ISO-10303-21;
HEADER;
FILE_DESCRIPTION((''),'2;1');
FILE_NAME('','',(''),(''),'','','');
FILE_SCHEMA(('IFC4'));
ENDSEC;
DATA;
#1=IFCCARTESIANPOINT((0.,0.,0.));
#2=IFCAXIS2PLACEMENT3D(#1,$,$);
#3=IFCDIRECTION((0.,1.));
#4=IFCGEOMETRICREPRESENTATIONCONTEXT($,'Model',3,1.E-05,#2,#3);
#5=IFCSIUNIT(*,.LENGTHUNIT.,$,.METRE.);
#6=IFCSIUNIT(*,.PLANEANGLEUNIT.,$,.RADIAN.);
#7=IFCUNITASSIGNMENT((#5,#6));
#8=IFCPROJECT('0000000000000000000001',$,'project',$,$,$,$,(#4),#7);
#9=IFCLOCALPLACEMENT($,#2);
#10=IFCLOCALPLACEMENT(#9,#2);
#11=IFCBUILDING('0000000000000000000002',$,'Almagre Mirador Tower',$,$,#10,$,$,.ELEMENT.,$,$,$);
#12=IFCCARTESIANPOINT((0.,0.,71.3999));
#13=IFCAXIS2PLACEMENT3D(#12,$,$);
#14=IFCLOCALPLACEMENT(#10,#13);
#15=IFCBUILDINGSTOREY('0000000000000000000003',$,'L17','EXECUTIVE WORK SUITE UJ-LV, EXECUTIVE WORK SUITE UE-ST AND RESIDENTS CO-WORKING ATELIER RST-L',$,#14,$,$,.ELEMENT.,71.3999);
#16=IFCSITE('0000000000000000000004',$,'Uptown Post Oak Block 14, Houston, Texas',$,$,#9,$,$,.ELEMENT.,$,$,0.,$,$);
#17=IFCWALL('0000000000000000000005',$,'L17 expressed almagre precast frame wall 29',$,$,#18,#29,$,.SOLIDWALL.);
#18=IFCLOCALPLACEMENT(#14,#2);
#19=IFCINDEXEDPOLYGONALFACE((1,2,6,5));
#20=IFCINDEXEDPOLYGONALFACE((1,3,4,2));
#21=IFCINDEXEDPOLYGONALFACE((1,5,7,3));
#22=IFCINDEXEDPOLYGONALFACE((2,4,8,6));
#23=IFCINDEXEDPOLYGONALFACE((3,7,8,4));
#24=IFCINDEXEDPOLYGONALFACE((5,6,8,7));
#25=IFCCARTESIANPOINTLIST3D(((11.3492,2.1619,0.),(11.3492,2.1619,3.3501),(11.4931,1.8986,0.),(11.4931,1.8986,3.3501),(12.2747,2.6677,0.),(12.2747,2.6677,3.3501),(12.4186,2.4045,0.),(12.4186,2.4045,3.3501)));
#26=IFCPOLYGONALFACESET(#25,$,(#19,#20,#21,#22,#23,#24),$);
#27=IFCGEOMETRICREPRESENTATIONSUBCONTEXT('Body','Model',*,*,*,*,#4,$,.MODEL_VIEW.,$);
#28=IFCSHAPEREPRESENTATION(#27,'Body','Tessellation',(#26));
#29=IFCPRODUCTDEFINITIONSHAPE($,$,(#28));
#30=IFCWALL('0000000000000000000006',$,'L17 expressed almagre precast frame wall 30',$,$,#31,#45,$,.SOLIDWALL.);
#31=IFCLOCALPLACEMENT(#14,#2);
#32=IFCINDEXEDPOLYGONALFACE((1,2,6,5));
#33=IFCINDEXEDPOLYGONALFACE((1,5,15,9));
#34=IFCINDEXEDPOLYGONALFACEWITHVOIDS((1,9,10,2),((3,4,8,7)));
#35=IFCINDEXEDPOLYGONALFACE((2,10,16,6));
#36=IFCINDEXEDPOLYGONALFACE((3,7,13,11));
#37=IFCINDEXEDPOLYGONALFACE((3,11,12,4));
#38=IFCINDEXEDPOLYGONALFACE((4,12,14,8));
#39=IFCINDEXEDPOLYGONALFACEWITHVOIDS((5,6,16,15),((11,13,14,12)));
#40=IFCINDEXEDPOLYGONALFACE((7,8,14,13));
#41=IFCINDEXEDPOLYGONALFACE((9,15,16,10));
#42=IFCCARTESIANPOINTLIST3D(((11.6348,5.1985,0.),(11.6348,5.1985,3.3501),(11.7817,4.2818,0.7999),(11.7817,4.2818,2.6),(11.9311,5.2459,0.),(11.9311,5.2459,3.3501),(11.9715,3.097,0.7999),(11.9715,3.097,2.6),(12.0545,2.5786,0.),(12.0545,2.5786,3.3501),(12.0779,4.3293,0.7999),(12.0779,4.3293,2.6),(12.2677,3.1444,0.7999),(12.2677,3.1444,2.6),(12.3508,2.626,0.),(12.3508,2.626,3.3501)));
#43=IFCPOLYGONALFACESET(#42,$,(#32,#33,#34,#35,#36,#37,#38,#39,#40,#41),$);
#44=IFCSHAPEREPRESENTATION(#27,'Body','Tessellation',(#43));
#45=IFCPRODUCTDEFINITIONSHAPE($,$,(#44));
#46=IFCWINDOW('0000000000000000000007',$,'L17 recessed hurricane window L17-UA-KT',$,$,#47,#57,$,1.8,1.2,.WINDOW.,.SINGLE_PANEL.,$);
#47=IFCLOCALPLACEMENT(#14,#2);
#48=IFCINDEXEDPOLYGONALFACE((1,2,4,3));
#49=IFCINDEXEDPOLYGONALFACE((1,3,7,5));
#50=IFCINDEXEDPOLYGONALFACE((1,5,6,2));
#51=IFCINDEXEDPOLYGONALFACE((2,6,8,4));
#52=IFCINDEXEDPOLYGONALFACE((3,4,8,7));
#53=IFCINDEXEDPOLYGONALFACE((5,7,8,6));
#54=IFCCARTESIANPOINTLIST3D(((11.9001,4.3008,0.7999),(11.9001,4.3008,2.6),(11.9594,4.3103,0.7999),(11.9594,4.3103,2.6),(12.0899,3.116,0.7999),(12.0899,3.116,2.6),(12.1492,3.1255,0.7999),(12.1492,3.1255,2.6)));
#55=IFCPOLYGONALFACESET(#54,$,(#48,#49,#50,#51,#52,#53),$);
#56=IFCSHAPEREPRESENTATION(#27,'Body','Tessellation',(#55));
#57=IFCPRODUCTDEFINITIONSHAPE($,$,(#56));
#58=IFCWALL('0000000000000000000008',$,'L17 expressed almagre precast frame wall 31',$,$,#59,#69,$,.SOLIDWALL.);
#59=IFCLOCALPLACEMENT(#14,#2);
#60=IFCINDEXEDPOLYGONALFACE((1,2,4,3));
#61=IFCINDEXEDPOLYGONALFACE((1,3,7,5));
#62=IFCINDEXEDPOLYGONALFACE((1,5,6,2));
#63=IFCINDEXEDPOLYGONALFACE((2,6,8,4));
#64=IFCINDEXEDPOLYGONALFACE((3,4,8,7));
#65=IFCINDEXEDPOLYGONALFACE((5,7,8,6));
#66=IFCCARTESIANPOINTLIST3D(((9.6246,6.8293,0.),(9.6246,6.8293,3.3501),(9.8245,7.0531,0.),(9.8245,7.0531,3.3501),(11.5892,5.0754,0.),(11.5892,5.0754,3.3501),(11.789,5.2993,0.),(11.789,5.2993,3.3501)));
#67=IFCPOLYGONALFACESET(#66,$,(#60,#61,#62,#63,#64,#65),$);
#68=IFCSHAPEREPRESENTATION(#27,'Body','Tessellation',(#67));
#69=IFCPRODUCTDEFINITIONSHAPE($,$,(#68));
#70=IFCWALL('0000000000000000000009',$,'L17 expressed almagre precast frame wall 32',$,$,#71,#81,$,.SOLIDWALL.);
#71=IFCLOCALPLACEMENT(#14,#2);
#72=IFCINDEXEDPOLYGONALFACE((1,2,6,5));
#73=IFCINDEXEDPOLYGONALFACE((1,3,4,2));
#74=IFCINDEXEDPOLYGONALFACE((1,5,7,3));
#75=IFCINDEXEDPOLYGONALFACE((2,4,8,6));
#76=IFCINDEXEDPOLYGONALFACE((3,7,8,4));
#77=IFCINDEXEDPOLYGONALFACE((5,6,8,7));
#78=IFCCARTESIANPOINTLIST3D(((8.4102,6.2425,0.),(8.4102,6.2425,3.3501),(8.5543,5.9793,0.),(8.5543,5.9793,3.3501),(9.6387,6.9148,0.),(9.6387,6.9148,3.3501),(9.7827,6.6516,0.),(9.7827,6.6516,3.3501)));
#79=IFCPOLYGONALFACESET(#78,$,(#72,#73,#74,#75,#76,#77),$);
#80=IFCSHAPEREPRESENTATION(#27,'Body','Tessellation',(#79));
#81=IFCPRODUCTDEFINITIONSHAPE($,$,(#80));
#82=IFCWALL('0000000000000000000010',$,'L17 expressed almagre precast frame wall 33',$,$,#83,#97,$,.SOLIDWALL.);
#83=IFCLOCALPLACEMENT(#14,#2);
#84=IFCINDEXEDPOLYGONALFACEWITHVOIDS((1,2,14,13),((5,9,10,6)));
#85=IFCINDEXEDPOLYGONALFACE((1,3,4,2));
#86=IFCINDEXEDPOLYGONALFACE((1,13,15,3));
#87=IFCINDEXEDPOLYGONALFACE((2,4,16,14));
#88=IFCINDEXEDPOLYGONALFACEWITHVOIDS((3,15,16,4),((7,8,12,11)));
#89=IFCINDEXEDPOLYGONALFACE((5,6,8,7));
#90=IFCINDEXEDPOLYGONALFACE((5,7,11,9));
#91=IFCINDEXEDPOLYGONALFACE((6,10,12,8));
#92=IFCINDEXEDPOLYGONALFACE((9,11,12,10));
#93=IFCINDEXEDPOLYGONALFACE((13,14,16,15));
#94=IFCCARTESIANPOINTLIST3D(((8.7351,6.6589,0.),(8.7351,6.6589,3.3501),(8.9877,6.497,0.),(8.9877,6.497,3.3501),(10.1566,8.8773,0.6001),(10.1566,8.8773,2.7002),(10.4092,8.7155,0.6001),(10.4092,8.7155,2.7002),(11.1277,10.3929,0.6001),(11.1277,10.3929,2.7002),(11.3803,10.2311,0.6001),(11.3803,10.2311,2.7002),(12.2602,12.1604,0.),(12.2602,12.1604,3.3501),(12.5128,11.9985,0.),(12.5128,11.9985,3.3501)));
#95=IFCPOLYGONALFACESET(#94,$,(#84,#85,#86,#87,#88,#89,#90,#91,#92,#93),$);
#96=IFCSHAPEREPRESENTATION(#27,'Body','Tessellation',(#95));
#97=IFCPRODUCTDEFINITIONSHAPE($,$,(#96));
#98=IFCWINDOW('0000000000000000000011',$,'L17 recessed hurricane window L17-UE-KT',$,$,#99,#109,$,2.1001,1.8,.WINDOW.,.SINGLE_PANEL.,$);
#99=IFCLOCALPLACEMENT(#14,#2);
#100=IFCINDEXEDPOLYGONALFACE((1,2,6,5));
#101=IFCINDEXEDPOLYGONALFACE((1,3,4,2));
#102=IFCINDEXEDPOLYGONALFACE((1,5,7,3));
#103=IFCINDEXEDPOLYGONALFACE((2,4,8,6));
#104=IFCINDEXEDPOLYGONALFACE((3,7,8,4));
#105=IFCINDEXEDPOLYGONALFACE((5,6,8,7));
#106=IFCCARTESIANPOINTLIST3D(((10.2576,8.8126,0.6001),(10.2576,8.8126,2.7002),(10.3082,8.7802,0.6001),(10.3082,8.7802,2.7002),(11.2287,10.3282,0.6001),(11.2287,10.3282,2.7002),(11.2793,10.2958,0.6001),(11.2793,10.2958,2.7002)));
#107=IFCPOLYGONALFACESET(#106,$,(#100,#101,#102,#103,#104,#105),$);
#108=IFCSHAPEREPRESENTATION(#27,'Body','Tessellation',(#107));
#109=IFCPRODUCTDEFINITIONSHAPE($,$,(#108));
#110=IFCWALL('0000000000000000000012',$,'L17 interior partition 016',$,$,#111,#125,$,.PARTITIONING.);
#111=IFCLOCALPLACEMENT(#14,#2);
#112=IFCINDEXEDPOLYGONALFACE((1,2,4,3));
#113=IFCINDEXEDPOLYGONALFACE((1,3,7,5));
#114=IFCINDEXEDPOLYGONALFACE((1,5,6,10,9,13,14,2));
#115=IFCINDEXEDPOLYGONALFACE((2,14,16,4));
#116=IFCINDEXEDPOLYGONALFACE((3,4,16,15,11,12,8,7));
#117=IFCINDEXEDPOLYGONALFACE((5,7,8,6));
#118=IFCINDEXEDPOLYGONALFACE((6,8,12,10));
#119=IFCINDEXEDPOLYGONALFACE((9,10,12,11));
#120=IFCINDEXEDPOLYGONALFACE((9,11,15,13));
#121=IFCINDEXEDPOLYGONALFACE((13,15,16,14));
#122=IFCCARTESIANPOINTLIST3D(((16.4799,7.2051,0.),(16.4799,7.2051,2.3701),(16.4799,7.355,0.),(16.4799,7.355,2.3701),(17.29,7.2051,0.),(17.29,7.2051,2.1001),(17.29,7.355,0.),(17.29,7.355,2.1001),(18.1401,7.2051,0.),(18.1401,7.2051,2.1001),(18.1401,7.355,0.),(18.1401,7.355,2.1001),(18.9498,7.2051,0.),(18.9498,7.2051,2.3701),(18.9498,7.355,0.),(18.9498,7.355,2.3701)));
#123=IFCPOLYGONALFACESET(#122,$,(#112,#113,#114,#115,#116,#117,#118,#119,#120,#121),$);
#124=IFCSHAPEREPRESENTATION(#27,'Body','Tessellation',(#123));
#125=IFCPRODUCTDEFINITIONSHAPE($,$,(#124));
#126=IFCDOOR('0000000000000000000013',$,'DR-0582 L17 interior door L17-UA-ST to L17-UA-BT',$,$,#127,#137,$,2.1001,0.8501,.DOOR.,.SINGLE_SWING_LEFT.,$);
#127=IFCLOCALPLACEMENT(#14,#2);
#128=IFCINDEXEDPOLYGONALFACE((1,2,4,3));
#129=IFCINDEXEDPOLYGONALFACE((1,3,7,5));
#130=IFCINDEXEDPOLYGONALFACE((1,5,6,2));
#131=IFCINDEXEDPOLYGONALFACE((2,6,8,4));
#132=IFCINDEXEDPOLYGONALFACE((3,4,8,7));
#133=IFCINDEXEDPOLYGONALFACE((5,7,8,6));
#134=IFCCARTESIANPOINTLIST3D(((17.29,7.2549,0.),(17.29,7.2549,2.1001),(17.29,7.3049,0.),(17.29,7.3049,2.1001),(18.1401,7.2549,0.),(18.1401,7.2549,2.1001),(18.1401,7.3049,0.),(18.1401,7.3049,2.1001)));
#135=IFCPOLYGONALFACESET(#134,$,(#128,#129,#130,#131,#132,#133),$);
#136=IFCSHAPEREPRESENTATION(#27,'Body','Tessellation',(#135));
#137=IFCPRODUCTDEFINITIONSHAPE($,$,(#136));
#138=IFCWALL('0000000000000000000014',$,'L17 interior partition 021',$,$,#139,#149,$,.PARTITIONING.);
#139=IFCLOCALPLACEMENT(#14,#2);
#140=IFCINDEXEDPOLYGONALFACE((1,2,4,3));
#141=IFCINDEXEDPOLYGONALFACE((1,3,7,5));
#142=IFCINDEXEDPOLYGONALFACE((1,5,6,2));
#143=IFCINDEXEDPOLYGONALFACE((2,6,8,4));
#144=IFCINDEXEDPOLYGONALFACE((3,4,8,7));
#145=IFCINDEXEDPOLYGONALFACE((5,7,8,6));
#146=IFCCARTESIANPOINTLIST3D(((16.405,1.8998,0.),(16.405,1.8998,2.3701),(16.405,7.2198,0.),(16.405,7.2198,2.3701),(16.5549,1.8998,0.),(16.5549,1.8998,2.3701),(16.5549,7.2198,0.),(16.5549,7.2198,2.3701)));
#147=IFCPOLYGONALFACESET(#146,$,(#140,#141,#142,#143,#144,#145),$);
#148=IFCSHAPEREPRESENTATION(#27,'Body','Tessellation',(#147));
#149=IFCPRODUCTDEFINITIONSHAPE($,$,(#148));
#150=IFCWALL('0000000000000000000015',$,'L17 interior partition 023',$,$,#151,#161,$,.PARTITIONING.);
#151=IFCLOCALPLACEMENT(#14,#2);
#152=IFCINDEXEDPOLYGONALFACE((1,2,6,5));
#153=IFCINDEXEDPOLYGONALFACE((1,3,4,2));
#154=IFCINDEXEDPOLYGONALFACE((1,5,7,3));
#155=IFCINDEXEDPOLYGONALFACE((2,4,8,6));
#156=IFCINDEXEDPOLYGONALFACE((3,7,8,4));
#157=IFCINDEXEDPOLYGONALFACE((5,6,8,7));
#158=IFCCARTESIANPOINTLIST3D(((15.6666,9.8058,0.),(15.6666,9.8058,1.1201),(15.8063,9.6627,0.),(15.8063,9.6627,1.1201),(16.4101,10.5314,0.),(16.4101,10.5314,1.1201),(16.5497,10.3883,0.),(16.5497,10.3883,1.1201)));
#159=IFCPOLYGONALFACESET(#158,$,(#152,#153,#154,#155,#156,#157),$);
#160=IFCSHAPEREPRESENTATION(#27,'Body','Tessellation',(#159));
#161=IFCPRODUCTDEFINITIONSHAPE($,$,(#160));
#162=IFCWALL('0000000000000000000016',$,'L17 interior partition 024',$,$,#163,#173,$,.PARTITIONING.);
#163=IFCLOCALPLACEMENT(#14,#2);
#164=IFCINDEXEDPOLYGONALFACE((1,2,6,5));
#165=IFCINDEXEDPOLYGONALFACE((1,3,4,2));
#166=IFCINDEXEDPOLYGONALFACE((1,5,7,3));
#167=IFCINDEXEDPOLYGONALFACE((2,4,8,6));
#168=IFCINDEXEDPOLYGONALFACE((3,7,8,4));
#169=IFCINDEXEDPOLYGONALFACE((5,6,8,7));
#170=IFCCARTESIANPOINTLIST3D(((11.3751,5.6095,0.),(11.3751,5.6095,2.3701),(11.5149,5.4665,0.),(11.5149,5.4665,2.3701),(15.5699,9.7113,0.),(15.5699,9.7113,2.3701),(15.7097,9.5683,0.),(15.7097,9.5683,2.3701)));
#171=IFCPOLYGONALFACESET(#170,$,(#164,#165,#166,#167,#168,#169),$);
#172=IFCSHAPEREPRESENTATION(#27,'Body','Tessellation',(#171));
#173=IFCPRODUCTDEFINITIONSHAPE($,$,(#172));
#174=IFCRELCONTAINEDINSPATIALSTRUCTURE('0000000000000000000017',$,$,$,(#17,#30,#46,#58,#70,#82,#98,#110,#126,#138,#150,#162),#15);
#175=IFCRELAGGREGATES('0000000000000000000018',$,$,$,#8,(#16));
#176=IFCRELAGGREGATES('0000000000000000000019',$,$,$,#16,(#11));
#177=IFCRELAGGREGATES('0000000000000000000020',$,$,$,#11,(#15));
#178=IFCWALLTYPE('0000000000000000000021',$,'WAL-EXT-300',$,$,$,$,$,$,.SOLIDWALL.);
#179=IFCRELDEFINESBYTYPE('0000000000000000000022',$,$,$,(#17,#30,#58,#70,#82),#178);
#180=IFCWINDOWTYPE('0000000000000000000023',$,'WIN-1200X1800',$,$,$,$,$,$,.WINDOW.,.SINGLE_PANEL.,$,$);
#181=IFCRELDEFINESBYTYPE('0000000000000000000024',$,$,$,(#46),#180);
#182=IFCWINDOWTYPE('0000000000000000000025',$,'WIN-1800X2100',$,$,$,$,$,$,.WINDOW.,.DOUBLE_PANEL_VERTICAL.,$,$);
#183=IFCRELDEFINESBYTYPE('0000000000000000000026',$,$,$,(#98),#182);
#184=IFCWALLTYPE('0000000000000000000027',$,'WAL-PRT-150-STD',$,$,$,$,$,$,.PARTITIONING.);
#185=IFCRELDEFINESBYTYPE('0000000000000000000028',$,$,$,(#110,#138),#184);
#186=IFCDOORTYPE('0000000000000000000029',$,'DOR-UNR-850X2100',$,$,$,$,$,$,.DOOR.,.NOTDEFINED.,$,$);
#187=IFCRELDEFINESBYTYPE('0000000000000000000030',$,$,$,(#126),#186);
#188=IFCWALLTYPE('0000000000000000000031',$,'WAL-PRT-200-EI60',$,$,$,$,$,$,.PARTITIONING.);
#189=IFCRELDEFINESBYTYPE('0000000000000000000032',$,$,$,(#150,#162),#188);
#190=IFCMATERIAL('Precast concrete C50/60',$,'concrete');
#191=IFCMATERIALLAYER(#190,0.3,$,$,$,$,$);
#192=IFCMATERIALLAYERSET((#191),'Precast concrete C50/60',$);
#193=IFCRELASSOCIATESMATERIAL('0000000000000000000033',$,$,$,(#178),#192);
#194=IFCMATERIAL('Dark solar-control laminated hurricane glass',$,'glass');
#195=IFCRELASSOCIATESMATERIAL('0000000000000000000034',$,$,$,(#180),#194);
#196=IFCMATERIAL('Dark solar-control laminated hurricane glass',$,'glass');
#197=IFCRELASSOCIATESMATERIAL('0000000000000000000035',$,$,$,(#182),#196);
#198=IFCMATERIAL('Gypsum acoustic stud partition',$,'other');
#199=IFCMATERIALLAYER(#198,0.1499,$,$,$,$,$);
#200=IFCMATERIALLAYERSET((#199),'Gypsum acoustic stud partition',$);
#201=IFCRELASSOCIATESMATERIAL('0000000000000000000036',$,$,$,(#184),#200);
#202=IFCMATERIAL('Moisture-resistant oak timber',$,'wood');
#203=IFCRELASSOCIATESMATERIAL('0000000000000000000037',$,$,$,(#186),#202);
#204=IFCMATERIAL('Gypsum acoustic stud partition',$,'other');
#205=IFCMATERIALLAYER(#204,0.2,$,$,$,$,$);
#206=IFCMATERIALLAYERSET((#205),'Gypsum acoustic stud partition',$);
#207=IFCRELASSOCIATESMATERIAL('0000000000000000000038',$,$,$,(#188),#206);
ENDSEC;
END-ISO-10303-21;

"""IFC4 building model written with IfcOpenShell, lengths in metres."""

from ifc_helpers import new_model, si_unit, direction, frame, frame_2d, origin, place, context, subcontext, project, spatial, rectangle, extrude, material, layer, layer_set, type_object, element, fill, save


model = new_model("IFC4")

# Units and contexts
model_context = context("Model", 3, precision=1e-05, world=origin(), true_north=direction((0.0, 1.0)))
body_context = subcontext(model_context, "Body", "Model", "MODEL_VIEW")
ifc_project = project(units=[si_unit("LENGTHUNIT", "METRE"), si_unit("PLANEANGLEUNIT", "RADIAN")], contexts=[model_context])

# Site, building, storey
site_placement = place(None, origin())
site = spatial("IfcSite", under=ifc_project, at=site_placement, Name="Uptown Post Oak Block 14, Houston, Texas", CompositionType="ELEMENT", RefElevation=0.0)
building_placement = place(site_placement, origin())
building = spatial("IfcBuilding", under=site, at=building_placement, Name="Almagre Mirador Tower", CompositionType="ELEMENT")
storey_placement = place(building_placement, frame((0.0, 0.0, 71.3999)))
storey = spatial("IfcBuildingStorey", under=building, at=storey_placement, Name="L17", Description="EXECUTIVE WORK SUITE UJ-LV, EXECUTIVE WORK SUITE UE-ST AND RESIDENTS CO-WORKING ATELIER RST-L", CompositionType="ELEMENT", Elevation=71.3999)

# Wall
ifc_material_1 = material(Name="Precast concrete C50/60", Category="concrete")
ifc_layer_1 = layer(ifc_material_1, 0.3)
ifc_layer_set_1 = layer_set([ifc_layer_1], Name="Precast concrete C50/60")
wall_type_1 = type_object("IfcWallType", Name="WAL-EXT-300", PredefinedType="SOLIDWALL", material=ifc_layer_set_1)
wall_1_placement = place(storey_placement, frame((11.4211, 2.0303, 0.0), z_axis=(0.0, 0.0, 1.0), x_axis=(0.877488, 0.479598, 0.0)))
element("IfcWall", 1, at=wall_1_placement, inside=storey, type_object=wall_type_1, Name="L17 expressed almagre precast frame wall 29", PredefinedType="SOLIDWALL", context=body_context, shape_type="SweptSolid", body=[
    extrude(rectangle(XDim=1.0547, YDim=0.3, at=frame_2d((0.5273, 0.0))), origin(), (0.0, 0.0, 1.0), 3.3501),
])

# Wall, opening, window
wall_2_placement = place(storey_placement, frame((12.2026, 2.6023, 0.0), z_axis=(0.0, 0.0, 1.0), x_axis=(-0.158174, 0.987411, 0.0)))
wall_2 = element("IfcWall", 2, at=wall_2_placement, inside=storey, type_object=wall_type_1, Name="L17 expressed almagre precast frame wall 30", PredefinedType="SOLIDWALL", context=body_context, shape_type="SweptSolid", body=[
    extrude(rectangle(XDim=2.6533, YDim=0.3, at=frame_2d((1.3267, 0.0))), origin(), (0.0, 0.0, 1.0), 3.3501),
])
opening_1_placement = place(wall_2_placement, frame((0.5249, 0.0, 0.8)))
opening_1 = element("IfcOpeningElement", 3, at=opening_1_placement, cuts=wall_2, PredefinedType="OPENING", context=body_context, shape_type="SweptSolid", body=[
    extrude(rectangle(XDim=1.2, YDim=1.8, at=frame_2d((0.6001, 0.8999))), frame((0.0, 0.1599, 0.0), z_axis=(0.0, -1.0, 0.0), x_axis=(1.0, 0.0, 0.0)), (0.0, 0.0, 1.0), 0.32),
])
ifc_material_2 = material(Name="Dark solar-control laminated hurricane glass", Category="glass")
window_type_1 = type_object("IfcWindowType", Name="WIN-1200X1800", PartitioningType="SINGLE_PANEL", PredefinedType="WINDOW", material=ifc_material_2)
window_1_placement = place(opening_1_placement, origin())
window_1 = element("IfcWindow", 4, at=window_1_placement, inside=storey, type_object=window_type_1, Name="L17 recessed hurricane window L17-UA-KT", OverallHeight=1.8, OverallWidth=1.2, PartitioningType="SINGLE_PANEL", PredefinedType="WINDOW", context=body_context, shape_type="SweptSolid", body=[
    extrude(rectangle(XDim=1.2, YDim=1.8, at=frame_2d((0.6001, 0.8999))), frame((0.0, 0.03, 0.0), z_axis=(0.0, -1.0, 0.0), x_axis=(1.0, 0.0, 0.0)), (0.0, 0.0, 1.0), 0.0601),
])
fill(opening_1, window_1)

# Walls
wall_3_placement = place(storey_placement, frame((11.6892, 5.1873, 0.0), z_axis=(0.0, 0.0, 1.0), x_axis=(-0.745975, 0.665973, 0.0)))
element("IfcWall", 5, at=wall_3_placement, inside=storey, type_object=wall_type_1, Name="L17 expressed almagre precast frame wall 31", PredefinedType="SOLIDWALL", context=body_context, shape_type="SweptSolid", body=[
    extrude(rectangle(XDim=2.6335, YDim=0.3, at=frame_2d((1.3169, 0.0))), origin(), (0.0, 0.0, 1.0), 3.3501),
])
wall_4_placement = place(storey_placement, frame((9.7107, 6.7832, 0.0), z_axis=(0.0, 0.0, 1.0), x_axis=(-0.877215, -0.480097, 0.0)))
element("IfcWall", 6, at=wall_4_placement, inside=storey, type_object=wall_type_1, Name="L17 expressed almagre precast frame wall 32", PredefinedType="SOLIDWALL", context=body_context, shape_type="SweptSolid", body=[
    extrude(rectangle(XDim=1.4004, YDim=0.3, at=frame_2d((0.7002, 0.0))), origin(), (0.0, 0.0, 1.0), 3.3501),
])

# Wall, opening, window
wall_5_placement = place(storey_placement, frame((8.8613, 6.5779, 0.0), z_axis=(0.0, 0.0, 1.0), x_axis=(0.539511, 0.841979, 0.0)))
wall_5 = element("IfcWall", 7, at=wall_5_placement, inside=storey, type_object=wall_type_1, Name="L17 expressed almagre precast frame wall 33", PredefinedType="SOLIDWALL", context=body_context, shape_type="SweptSolid", body=[
    extrude(rectangle(XDim=6.5339, YDim=0.3, at=frame_2d((3.2671, 0.0))), origin(), (0.0, 0.0, 1.0), 3.3501),
])
opening_2_placement = place(wall_5_placement, frame((2.635, 0.0, 0.6001)))
opening_2 = element("IfcOpeningElement", 8, at=opening_2_placement, cuts=wall_5, PredefinedType="OPENING", context=body_context, shape_type="SweptSolid", body=[
    extrude(rectangle(XDim=1.8, YDim=2.1001, at=frame_2d((0.8999, 1.05))), frame((0.0, 0.1599, 0.0), z_axis=(0.0, -1.0, 0.0), x_axis=(1.0, 0.0, 0.0)), (0.0, 0.0, 1.0), 0.32),
])
ifc_material_3 = material(Name="Dark solar-control laminated hurricane glass", Category="glass")
window_type_2 = type_object("IfcWindowType", Name="WIN-1800X2100", PartitioningType="DOUBLE_PANEL_VERTICAL", PredefinedType="WINDOW", material=ifc_material_3)
window_2_placement = place(opening_2_placement, origin())
window_2 = element("IfcWindow", 9, at=window_2_placement, inside=storey, type_object=window_type_2, Name="L17 recessed hurricane window L17-UE-KT", OverallHeight=2.1001, OverallWidth=1.8, PartitioningType="SINGLE_PANEL", PredefinedType="WINDOW", context=body_context, shape_type="SweptSolid", body=[
    extrude(rectangle(XDim=1.8, YDim=2.1001, at=frame_2d((0.8999, 1.05))), frame((0.0, 0.03, 0.0), z_axis=(0.0, -1.0, 0.0), x_axis=(1.0, 0.0, 0.0)), (0.0, 0.0, 1.0), 0.0601),
])
fill(opening_2, window_2)

# Wall, opening, door
ifc_material_4 = material(Name="Gypsum acoustic stud partition", Category="other")
ifc_layer_2 = layer(ifc_material_4, 0.1499)
ifc_layer_set_2 = layer_set([ifc_layer_2], Name="Gypsum acoustic stud partition")
wall_type_2 = type_object("IfcWallType", Name="WAL-PRT-150-STD", PredefinedType="PARTITIONING", material=ifc_layer_set_2)
wall_6_placement = place(storey_placement, frame((16.48, 7.28, 0.0), z_axis=(0.0, 0.0, 1.0), x_axis=(1.0, 0.0, 0.0)))
wall_6 = element("IfcWall", 10, at=wall_6_placement, inside=storey, type_object=wall_type_2, Name="L17 interior partition 016", PredefinedType="PARTITIONING", context=body_context, shape_type="SweptSolid", body=[
    extrude(rectangle(XDim=2.47, YDim=0.1499, at=frame_2d((1.2349, 0.0))), origin(), (0.0, 0.0, 1.0), 2.3701),
])
opening_3_placement = place(wall_6_placement, frame((0.8101, 0.0, 0.0)))
opening_3 = element("IfcOpeningElement", 11, at=opening_3_placement, cuts=wall_6, PredefinedType="OPENING", context=body_context, shape_type="SweptSolid", body=[
    extrude(rectangle(XDim=0.8501, YDim=2.1001, at=frame_2d((0.425, 1.05))), frame((0.0, 0.085, 0.0), z_axis=(0.0, -1.0, 0.0), x_axis=(1.0, 0.0, 0.0)), (0.0, 0.0, 1.0), 0.1699),
])
ifc_material_5 = material(Name="Moisture-resistant oak timber", Category="wood")
door_type = type_object("IfcDoorType", Name="DOR-UNR-850X2100", OperationType="NOTDEFINED", PredefinedType="DOOR", material=ifc_material_5)
door_placement = place(opening_3_placement, origin())
door = element("IfcDoor", 12, at=door_placement, inside=storey, type_object=door_type, Name="DR-0582 L17 interior door L17-UA-ST to L17-UA-BT", OperationType="SINGLE_SWING_LEFT", OverallHeight=2.1001, OverallWidth=0.8501, PredefinedType="DOOR", context=body_context, shape_type="SweptSolid", body=[
    extrude(rectangle(XDim=0.8501, YDim=2.1001, at=frame_2d((0.425, 1.05))), frame((0.0, 0.0249, 0.0), z_axis=(0.0, -1.0, 0.0), x_axis=(1.0, 0.0, 0.0)), (0.0, 0.0, 1.0), 0.05),
])
fill(opening_3, door)

# Walls
wall_7_placement = place(storey_placement, frame((16.48, 7.22, 0.0), z_axis=(0.0, 0.0, 1.0), x_axis=(0.0, -1.0, 0.0)))
element("IfcWall", 13, at=wall_7_placement, inside=storey, type_object=wall_type_2, Name="L17 interior partition 021", PredefinedType="PARTITIONING", context=body_context, shape_type="SweptSolid", body=[
    extrude(rectangle(XDim=5.3201, YDim=0.1499, at=frame_2d((2.6602, 0.0))), origin(), (0.0, 0.0, 1.0), 2.3701),
])
ifc_material_6 = material(Name="Gypsum acoustic stud partition", Category="other")
ifc_layer_3 = layer(ifc_material_6, 0.2)
ifc_layer_set_3 = layer_set([ifc_layer_3], Name="Gypsum acoustic stud partition")
wall_type_3 = type_object("IfcWallType", Name="WAL-PRT-200-EI60", PredefinedType="PARTITIONING", material=ifc_layer_set_3)
wall_8_placement = place(storey_placement, frame((16.48, 10.46, 0.0), z_axis=(0.0, 0.0, 1.0), x_axis=(-0.715633, -0.698477, 0.0)))
element("IfcWall", 14, at=wall_8_placement, inside=storey, type_object=wall_type_3, Name="L17 interior partition 023", PredefinedType="PARTITIONING", context=body_context, shape_type="SweptSolid", body=[
    extrude(rectangle(XDim=1.0388, YDim=0.2, at=frame_2d((0.5195, 0.0))), origin(), (0.0, 0.0, 1.0), 1.1201),
])
wall_9_placement = place(storey_placement, frame((15.6399, 9.6399, 0.0), z_axis=(0.0, 0.0, 1.0), x_axis=(-0.71499, -0.699135, 0.0)))
element("IfcWall", 15, at=wall_9_placement, inside=storey, type_object=wall_type_3, Name="L17 interior partition 024", PredefinedType="PARTITIONING", context=body_context, shape_type="SweptSolid", body=[
    extrude(rectangle(XDim=5.8669, YDim=0.2, at=frame_2d((2.9336, 0.0))), origin(), (0.0, 0.0, 1.0), 2.3701),
])

save(model, "model.ifc")
